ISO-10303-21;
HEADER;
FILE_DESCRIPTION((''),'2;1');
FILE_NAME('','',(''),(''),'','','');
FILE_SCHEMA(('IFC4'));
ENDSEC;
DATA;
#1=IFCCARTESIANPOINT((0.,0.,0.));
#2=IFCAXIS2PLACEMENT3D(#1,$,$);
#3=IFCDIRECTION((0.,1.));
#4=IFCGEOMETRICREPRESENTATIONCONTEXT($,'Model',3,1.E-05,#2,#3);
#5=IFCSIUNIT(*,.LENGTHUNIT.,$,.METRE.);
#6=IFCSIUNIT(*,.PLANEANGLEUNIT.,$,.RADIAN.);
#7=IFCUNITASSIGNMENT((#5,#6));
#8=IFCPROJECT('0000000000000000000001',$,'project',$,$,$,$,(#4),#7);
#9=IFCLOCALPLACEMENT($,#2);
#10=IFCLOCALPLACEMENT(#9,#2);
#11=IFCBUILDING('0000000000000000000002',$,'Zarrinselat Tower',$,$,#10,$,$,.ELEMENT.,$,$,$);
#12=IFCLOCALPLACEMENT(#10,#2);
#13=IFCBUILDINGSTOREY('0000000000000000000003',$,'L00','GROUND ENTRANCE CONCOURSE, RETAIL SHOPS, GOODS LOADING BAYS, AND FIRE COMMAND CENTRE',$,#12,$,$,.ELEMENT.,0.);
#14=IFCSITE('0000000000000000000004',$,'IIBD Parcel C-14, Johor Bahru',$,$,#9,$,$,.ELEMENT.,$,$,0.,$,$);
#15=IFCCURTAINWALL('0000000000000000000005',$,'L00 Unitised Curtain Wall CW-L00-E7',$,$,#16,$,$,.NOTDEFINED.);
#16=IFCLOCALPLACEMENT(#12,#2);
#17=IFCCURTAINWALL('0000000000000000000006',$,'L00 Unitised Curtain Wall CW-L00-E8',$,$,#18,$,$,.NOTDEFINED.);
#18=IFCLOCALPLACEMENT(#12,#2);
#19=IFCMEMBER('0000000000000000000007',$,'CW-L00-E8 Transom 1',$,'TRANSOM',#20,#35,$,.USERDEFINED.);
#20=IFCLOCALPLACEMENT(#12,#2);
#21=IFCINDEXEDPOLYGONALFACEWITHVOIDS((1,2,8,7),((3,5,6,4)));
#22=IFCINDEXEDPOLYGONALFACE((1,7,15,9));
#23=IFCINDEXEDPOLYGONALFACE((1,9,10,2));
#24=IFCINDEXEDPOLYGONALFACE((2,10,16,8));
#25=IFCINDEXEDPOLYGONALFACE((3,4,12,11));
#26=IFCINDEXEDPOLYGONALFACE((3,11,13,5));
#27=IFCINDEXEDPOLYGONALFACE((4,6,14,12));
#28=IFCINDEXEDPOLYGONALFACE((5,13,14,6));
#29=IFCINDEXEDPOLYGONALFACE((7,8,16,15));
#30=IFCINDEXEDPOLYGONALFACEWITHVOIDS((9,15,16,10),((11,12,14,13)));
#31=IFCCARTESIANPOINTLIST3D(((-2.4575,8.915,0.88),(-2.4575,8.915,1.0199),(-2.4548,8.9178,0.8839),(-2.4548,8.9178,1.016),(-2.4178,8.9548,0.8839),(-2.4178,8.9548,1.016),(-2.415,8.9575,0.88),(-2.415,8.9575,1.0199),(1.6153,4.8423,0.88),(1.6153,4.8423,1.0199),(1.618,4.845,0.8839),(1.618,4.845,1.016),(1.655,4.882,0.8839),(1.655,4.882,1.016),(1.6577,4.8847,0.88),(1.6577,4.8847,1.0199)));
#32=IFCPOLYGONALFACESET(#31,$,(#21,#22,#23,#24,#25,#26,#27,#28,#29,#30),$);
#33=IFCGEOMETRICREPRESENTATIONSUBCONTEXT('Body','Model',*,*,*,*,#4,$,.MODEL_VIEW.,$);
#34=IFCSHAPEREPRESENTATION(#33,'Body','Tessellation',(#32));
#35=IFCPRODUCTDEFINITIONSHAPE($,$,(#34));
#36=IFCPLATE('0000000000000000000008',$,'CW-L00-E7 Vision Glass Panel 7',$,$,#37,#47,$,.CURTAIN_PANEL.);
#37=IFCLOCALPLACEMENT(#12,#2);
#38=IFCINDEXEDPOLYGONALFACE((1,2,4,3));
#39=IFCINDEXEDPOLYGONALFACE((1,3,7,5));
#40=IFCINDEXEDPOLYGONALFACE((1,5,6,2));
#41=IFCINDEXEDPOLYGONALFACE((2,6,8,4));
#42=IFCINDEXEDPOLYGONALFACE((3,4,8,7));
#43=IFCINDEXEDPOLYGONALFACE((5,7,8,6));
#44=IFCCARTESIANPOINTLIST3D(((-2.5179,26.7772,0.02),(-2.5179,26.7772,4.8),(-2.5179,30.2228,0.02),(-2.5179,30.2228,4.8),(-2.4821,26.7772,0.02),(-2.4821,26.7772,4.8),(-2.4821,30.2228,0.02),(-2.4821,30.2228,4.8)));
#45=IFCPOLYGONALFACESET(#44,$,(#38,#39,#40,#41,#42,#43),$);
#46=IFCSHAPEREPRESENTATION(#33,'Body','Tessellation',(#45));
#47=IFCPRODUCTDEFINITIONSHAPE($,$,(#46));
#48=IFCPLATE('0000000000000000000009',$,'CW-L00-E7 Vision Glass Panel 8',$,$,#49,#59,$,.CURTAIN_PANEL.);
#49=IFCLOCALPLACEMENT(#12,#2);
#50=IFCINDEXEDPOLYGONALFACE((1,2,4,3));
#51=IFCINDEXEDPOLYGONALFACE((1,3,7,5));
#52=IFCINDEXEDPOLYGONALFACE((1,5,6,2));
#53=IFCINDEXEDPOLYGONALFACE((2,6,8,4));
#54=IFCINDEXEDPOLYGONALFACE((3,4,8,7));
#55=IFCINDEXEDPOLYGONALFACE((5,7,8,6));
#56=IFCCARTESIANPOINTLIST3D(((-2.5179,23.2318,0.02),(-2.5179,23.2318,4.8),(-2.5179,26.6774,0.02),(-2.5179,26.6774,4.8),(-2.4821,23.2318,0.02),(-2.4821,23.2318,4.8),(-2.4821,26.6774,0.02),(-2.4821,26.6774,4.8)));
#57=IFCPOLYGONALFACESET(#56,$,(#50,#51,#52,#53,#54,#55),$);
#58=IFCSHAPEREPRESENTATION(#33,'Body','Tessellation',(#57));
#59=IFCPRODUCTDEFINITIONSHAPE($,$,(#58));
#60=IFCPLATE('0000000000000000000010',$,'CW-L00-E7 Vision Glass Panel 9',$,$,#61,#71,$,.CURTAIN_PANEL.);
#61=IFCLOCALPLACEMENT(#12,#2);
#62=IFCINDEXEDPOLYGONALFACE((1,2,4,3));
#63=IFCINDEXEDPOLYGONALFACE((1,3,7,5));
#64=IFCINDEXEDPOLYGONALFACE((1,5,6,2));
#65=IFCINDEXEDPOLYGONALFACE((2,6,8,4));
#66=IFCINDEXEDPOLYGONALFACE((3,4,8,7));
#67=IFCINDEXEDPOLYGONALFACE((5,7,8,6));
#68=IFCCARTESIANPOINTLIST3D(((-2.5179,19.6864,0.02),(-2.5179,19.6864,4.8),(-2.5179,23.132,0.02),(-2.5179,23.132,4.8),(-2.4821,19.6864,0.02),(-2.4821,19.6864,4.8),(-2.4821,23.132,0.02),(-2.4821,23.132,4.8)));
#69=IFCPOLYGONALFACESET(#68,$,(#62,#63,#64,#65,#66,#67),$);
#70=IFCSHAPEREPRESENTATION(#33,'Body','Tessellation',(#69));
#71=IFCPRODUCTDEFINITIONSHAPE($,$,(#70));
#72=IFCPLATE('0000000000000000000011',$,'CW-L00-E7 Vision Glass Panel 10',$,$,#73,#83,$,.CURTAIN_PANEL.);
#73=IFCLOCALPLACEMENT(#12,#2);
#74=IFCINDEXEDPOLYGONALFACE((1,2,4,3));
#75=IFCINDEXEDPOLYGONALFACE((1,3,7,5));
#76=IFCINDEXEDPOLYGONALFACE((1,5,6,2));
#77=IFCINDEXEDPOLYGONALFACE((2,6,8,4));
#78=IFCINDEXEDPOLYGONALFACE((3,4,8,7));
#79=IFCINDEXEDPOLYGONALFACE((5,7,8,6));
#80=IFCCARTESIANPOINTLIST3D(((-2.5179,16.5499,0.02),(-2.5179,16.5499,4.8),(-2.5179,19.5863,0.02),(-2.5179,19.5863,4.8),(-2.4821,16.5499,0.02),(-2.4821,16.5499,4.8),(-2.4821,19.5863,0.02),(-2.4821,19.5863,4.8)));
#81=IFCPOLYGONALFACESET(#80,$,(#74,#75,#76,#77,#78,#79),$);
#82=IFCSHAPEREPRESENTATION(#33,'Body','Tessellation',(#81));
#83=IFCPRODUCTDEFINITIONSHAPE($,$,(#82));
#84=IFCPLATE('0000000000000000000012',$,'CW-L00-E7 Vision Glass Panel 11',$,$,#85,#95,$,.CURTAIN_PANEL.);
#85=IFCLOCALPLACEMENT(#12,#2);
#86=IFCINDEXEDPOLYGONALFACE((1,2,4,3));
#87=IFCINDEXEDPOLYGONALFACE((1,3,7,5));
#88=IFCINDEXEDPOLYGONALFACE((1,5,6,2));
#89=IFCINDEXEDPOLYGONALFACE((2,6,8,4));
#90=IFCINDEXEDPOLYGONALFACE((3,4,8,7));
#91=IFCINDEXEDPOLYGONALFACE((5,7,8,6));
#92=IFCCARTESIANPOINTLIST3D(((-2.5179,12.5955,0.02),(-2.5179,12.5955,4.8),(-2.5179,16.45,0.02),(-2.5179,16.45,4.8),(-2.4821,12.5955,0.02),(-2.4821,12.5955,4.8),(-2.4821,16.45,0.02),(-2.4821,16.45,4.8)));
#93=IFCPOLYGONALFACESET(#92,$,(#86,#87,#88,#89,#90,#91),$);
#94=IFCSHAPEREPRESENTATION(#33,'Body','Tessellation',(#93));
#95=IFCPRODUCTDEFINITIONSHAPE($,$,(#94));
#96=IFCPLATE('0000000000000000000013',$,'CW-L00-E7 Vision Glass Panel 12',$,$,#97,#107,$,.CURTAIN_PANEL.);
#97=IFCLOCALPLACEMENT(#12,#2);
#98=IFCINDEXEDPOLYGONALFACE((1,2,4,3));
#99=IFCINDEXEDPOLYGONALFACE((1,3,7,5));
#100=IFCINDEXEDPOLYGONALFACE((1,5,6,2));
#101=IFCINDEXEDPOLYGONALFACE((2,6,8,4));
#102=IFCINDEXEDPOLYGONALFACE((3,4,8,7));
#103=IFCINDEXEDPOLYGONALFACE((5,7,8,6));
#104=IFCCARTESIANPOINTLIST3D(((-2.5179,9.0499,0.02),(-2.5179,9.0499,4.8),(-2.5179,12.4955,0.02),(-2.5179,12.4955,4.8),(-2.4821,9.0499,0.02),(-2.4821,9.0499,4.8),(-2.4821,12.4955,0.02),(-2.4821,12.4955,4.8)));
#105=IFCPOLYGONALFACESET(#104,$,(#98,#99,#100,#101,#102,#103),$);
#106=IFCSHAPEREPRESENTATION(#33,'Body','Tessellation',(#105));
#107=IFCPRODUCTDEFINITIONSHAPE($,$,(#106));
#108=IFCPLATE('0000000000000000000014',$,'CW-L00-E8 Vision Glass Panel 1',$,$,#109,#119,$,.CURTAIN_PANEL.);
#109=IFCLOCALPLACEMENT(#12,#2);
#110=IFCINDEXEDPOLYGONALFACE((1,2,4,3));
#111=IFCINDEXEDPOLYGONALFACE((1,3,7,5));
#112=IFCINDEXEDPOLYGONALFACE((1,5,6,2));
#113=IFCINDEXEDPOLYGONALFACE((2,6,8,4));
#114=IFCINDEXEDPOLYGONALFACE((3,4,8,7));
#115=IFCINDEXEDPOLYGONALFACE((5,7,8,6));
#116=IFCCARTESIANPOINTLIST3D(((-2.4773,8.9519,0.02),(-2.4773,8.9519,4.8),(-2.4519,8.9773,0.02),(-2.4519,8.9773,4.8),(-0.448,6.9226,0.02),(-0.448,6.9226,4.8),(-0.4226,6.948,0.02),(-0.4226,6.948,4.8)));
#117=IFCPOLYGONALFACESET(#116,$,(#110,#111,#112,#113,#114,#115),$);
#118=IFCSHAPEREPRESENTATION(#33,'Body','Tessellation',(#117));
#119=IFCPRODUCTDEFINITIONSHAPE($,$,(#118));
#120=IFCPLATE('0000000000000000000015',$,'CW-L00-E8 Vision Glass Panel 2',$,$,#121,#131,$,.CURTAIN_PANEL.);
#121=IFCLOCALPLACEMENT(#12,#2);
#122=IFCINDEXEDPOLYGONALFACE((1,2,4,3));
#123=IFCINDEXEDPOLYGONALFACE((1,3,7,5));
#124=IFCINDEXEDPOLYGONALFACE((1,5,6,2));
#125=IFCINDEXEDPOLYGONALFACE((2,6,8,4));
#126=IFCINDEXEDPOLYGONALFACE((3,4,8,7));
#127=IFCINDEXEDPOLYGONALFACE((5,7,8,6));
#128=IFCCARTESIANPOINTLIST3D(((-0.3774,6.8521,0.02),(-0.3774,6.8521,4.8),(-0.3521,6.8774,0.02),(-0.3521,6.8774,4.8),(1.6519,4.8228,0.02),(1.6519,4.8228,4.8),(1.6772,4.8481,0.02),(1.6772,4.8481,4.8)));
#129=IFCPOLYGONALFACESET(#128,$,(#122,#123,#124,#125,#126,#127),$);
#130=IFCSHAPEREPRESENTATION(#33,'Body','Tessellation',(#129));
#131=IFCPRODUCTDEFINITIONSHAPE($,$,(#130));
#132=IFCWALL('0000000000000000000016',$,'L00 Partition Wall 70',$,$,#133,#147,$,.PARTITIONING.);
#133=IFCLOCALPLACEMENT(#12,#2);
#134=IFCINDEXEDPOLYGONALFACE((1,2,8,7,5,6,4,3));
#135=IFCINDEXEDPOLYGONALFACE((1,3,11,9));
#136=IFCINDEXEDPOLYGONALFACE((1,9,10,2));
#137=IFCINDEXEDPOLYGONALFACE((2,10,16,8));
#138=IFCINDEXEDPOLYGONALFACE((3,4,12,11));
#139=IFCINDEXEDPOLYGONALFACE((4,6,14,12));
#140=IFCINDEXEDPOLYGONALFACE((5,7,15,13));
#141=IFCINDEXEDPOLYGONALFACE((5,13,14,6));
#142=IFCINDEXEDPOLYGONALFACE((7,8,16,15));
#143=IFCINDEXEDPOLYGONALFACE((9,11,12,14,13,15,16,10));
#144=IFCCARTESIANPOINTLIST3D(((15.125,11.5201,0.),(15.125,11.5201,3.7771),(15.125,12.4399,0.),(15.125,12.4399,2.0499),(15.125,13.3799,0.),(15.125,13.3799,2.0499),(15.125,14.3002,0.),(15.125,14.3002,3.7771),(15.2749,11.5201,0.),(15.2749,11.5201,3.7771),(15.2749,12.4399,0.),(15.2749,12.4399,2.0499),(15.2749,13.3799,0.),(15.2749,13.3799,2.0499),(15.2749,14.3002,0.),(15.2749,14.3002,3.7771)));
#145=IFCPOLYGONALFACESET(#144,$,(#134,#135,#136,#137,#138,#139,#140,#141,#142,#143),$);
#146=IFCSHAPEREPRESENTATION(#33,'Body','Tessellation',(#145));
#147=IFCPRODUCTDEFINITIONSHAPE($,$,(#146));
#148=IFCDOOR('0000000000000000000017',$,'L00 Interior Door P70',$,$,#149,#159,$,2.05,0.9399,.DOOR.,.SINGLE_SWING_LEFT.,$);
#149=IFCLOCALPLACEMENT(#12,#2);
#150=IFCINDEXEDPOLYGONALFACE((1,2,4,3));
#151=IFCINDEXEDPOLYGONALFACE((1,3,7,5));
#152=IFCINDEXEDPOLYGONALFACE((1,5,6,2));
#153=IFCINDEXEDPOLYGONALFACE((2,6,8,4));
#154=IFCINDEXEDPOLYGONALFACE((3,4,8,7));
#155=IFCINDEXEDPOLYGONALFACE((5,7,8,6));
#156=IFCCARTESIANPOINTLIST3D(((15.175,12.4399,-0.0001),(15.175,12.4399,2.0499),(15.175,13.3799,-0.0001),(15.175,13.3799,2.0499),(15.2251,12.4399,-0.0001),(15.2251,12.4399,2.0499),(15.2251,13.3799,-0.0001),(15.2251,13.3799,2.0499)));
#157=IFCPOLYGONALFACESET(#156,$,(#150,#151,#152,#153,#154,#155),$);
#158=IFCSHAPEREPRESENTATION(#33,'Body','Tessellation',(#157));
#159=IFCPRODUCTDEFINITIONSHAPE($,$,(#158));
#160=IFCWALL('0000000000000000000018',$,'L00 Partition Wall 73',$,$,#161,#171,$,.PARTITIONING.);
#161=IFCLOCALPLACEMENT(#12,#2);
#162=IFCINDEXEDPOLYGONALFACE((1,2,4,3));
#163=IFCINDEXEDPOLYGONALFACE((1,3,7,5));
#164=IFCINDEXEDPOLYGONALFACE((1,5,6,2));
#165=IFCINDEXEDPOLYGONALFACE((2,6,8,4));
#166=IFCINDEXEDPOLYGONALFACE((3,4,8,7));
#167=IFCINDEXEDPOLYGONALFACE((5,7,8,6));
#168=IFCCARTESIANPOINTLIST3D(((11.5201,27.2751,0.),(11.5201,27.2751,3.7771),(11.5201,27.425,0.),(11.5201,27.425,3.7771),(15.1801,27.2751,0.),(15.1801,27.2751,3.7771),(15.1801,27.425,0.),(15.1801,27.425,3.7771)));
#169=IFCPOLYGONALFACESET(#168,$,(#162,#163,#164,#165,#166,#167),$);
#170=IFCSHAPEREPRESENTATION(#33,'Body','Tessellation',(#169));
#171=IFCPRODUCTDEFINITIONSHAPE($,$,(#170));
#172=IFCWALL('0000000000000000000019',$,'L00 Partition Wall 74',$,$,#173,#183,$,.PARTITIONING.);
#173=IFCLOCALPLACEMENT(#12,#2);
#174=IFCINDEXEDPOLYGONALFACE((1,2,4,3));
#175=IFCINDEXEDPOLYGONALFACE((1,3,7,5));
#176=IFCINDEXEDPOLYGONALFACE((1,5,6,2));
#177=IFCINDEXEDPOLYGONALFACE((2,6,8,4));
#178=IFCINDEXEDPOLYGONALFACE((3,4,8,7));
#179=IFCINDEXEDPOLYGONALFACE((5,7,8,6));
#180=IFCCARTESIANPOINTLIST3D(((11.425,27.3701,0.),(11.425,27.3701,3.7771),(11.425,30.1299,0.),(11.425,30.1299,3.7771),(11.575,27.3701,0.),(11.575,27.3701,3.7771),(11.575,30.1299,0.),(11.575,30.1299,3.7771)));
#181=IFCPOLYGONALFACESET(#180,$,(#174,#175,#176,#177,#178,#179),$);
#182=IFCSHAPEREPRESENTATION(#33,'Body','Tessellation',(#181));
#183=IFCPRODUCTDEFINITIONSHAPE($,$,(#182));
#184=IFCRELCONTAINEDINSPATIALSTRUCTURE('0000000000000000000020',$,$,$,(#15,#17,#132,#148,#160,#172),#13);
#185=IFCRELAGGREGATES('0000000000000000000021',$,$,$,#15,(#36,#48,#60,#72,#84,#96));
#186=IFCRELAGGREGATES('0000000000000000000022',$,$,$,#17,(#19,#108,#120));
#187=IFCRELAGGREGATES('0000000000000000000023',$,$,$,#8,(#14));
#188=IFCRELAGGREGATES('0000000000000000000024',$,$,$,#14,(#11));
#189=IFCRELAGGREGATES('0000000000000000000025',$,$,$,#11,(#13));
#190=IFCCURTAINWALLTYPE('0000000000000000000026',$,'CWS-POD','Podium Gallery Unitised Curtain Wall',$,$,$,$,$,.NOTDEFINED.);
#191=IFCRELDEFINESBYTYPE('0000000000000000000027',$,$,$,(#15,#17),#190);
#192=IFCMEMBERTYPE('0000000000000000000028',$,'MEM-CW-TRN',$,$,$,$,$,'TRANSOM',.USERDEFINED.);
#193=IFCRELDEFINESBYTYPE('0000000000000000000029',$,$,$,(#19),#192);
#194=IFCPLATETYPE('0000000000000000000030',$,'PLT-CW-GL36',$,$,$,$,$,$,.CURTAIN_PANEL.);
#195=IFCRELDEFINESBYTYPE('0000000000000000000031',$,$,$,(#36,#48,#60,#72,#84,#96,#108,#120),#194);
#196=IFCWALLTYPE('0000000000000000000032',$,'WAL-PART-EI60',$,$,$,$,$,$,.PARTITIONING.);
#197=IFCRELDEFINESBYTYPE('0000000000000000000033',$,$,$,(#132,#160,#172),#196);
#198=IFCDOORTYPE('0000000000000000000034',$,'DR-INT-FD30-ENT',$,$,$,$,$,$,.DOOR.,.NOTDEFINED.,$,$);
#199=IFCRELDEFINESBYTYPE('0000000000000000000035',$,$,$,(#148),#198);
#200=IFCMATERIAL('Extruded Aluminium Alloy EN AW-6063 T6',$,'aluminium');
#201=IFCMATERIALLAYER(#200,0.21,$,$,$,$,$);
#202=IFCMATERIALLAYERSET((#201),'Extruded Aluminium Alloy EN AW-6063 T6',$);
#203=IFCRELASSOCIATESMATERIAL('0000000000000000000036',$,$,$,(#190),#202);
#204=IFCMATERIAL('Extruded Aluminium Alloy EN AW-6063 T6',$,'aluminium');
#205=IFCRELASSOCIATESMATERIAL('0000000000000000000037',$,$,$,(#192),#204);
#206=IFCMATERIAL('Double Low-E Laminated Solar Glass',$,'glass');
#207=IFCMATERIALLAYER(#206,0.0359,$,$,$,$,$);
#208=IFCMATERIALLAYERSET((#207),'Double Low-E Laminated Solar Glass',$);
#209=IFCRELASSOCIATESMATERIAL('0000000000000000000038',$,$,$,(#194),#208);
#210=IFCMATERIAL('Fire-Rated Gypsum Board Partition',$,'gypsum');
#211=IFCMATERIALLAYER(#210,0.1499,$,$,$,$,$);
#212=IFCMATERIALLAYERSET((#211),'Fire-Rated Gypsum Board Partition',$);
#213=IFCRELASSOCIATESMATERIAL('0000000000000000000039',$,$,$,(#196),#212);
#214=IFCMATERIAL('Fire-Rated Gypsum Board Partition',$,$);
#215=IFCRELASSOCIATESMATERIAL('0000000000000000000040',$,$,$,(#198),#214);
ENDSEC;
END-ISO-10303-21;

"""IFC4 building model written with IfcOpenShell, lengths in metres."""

from ifc_helpers import new_model, si_unit, direction, frame, frame_2d, origin, origin_2d, place, context, subcontext, project, spatial, rectangle, hollow_rectangle, extrude, material, layer, layer_set, material_profile, profile_set, type_object, element, fill, aggregate, save


model = new_model("IFC4")

# Units and contexts
model_context = context("Model", 3, precision=1e-05, world=origin(), true_north=direction((0.0, 1.0)))
body_context = subcontext(model_context, "Body", "Model", "MODEL_VIEW")
ifc_project = project(units=[si_unit("LENGTHUNIT", "METRE"), si_unit("PLANEANGLEUNIT", "RADIAN")], contexts=[model_context])

# Site, building, storey
site_placement = place(None, origin())
site = spatial("IfcSite", under=ifc_project, at=site_placement, Name="IIBD Parcel C-14, Johor Bahru", CompositionType="ELEMENT", RefElevation=0.0)
building_placement = place(site_placement, origin())
building = spatial("IfcBuilding", under=site, at=building_placement, Name="Zarrinselat Tower", CompositionType="ELEMENT")
storey_placement = place(building_placement, origin())
storey = spatial("IfcBuildingStorey", under=building, at=storey_placement, Name="L00", Description="GROUND ENTRANCE CONCOURSE, RETAIL SHOPS, GOODS LOADING BAYS, AND FIRE COMMAND CENTRE", CompositionType="ELEMENT", Elevation=0.0)

# Curtain walls, member
ifc_material_1 = material(Name="Extruded Aluminium Alloy EN AW-6063 T6", Category="aluminium")
ifc_layer_1 = layer(ifc_material_1, 0.21)
ifc_layer_set_1 = layer_set([ifc_layer_1], Name="Extruded Aluminium Alloy EN AW-6063 T6")
curtain_wall_type = type_object("IfcCurtainWallType", Name="CWS-POD", Description="Podium Gallery Unitised Curtain Wall", PredefinedType="NOTDEFINED", material=ifc_layer_set_1)
curtain_wall_1_placement = place(storey_placement, origin())
curtain_wall_1 = element("IfcCurtainWall", 1, at=curtain_wall_1_placement, inside=storey, type_object=curtain_wall_type, Name="L00 Unitised Curtain Wall CW-L00-E7", PredefinedType="NOTDEFINED")
curtain_wall_2_placement = place(storey_placement, origin())
curtain_wall_2 = element("IfcCurtainWall", 2, at=curtain_wall_2_placement, inside=storey, type_object=curtain_wall_type, Name="L00 Unitised Curtain Wall CW-L00-E8", PredefinedType="NOTDEFINED")
ifc_material_2 = material(Name="Extruded Aluminium Alloy EN AW-6063 T6", Category="aluminium")
ifc_material_profile_1 = material_profile(ifc_material_2, hollow_rectangle(XDim=0.0601, YDim=0.1399, WallThickness=0.0039, at=origin_2d()), Name="RHS 140x60x4")
ifc_profile_set_1 = profile_set([ifc_material_profile_1], Name="Extruded Aluminium Alloy EN AW-6063 T6")
member_type_1 = type_object("IfcMemberType", Name="MEM-CW-TRN", ElementType="TRANSOM", PredefinedType="USERDEFINED", material=ifc_profile_set_1)
member_1_placement = place(storey_placement, frame((-2.4363, 8.9363, 0.95), z_axis=(0.707107, -0.707107, 0.0), x_axis=(0.707107, 0.707107, 0.0)))
member_1 = element("IfcMember", 3, at=member_1_placement, type_object=member_type_1, Name="CW-L00-E8 Transom 1", ObjectType="TRANSOM", PredefinedType="USERDEFINED", context=body_context, shape_type="SweptSolid", body=[
    extrude(hollow_rectangle(XDim=0.0601, YDim=0.1399, WallThickness=0.0039, at=origin_2d()), origin(), (0.0, 0.0, 1.0), 5.7598),
])

# Plates
ifc_material_3 = material(Name="Double Low-E Laminated Solar Glass", Category="glass")
ifc_layer_2 = layer(ifc_material_3, 0.0359)
ifc_layer_set_2 = layer_set([ifc_layer_2], Name="Double Low-E Laminated Solar Glass")
plate_type = type_object("IfcPlateType", Name="PLT-CW-GL36", PredefinedType="CURTAIN_PANEL", material=ifc_layer_set_2)
plate_1_placement = place(storey_placement, frame((-2.5, 28.5, 0.02), z_axis=(0.0, 0.0, 1.0), x_axis=(0.0, -1.0, 0.0)))
plate_1 = element("IfcPlate", 4, at=plate_1_placement, type_object=plate_type, Name="CW-L00-E7 Vision Glass Panel 7", PredefinedType="CURTAIN_PANEL", context=body_context, shape_type="SweptSolid", body=[
    extrude(rectangle(XDim=3.4456, YDim=0.0359, at=origin_2d()), origin(), (0.0, 0.0, 1.0), 4.78),
])
plate_2_placement = place(storey_placement, frame((-2.5, 24.9546, 0.02), z_axis=(0.0, 0.0, 1.0), x_axis=(0.0, -1.0, 0.0)))
plate_2 = element("IfcPlate", 5, at=plate_2_placement, type_object=plate_type, Name="CW-L00-E7 Vision Glass Panel 8", PredefinedType="CURTAIN_PANEL", context=body_context, shape_type="SweptSolid", body=[
    extrude(rectangle(XDim=3.4456, YDim=0.0359, at=origin_2d()), origin(), (0.0, 0.0, 1.0), 4.78),
])
plate_3_placement = place(storey_placement, frame((-2.5, 21.4092, 0.02), z_axis=(0.0, 0.0, 1.0), x_axis=(0.0, -1.0, 0.0)))
plate_3 = element("IfcPlate", 6, at=plate_3_placement, type_object=plate_type, Name="CW-L00-E7 Vision Glass Panel 9", PredefinedType="CURTAIN_PANEL", context=body_context, shape_type="SweptSolid", body=[
    extrude(rectangle(XDim=3.4456, YDim=0.0359, at=origin_2d()), origin(), (0.0, 0.0, 1.0), 4.78),
])
plate_4_placement = place(storey_placement, frame((-2.5, 18.0681, 0.02), z_axis=(0.0, 0.0, 1.0), x_axis=(0.0, -1.0, 0.0)))
plate_4 = element("IfcPlate", 7, at=plate_4_placement, type_object=plate_type, Name="CW-L00-E7 Vision Glass Panel 10", PredefinedType="CURTAIN_PANEL", context=body_context, shape_type="SweptSolid", body=[
    extrude(rectangle(XDim=3.0364, YDim=0.0359, at=origin_2d()), origin(), (0.0, 0.0, 1.0), 4.78),
])
plate_5_placement = place(storey_placement, frame((-2.5, 14.5227, 0.02), z_axis=(0.0, 0.0, 1.0), x_axis=(0.0, -1.0, 0.0)))
plate_5 = element("IfcPlate", 8, at=plate_5_placement, type_object=plate_type, Name="CW-L00-E7 Vision Glass Panel 11", PredefinedType="CURTAIN_PANEL", context=body_context, shape_type="SweptSolid", body=[
    extrude(rectangle(XDim=3.8545, YDim=0.0359, at=origin_2d()), origin(), (0.0, 0.0, 1.0), 4.78),
])
plate_6_placement = place(storey_placement, frame((-2.5, 10.7727, 0.02), z_axis=(0.0, 0.0, 1.0), x_axis=(0.0, -1.0, 0.0)))
plate_6 = element("IfcPlate", 9, at=plate_6_placement, type_object=plate_type, Name="CW-L00-E7 Vision Glass Panel 12", PredefinedType="CURTAIN_PANEL", context=body_context, shape_type="SweptSolid", body=[
    extrude(rectangle(XDim=3.4456, YDim=0.0359, at=origin_2d()), origin(), (0.0, 0.0, 1.0), 4.78),
])
aggregate(curtain_wall_1, [plate_1, plate_2, plate_3, plate_4, plate_5, plate_6])
plate_7_placement = place(storey_placement, frame((-1.45, 7.95, 0.02), z_axis=(0.0, 0.0, 1.0), x_axis=(0.707107, -0.707107, 0.0)))
plate_7 = element("IfcPlate", 10, at=plate_7_placement, type_object=plate_type, Name="CW-L00-E8 Vision Glass Panel 1", PredefinedType="CURTAIN_PANEL", context=body_context, shape_type="SweptSolid", body=[
    extrude(rectangle(XDim=2.8699, YDim=0.0359, at=origin_2d()), origin(), (0.0, 0.0, 1.0), 4.78),
])
plate_8_placement = place(storey_placement, frame((0.6499, 5.8501, 0.02), z_axis=(0.0, 0.0, 1.0), x_axis=(0.707107, -0.707107, 0.0)))
plate_8 = element("IfcPlate", 11, at=plate_8_placement, type_object=plate_type, Name="CW-L00-E8 Vision Glass Panel 2", PredefinedType="CURTAIN_PANEL", context=body_context, shape_type="SweptSolid", body=[
    extrude(rectangle(XDim=2.8699, YDim=0.0359, at=origin_2d()), origin(), (0.0, 0.0, 1.0), 4.78),
])
aggregate(curtain_wall_2, [member_1, plate_7, plate_8])

# Wall, opening, door
ifc_material_4 = material(Name="Fire-Rated Gypsum Board Partition", Category="gypsum")
ifc_layer_3 = layer(ifc_material_4, 0.1499)
ifc_layer_set_3 = layer_set([ifc_layer_3], Name="Fire-Rated Gypsum Board Partition")
wall_type_1 = type_object("IfcWallType", Name="WAL-PART-EI60", PredefinedType="PARTITIONING", material=ifc_layer_set_3)
wall_1_placement = place(storey_placement, frame((15.2, 11.52, 0.0), z_axis=(0.0, 0.0, 1.0), x_axis=(0.0, 1.0, 0.0)))
wall_1 = element("IfcWall", 12, at=wall_1_placement, inside=storey, type_object=wall_type_1, Name="L00 Partition Wall 70", PredefinedType="PARTITIONING", context=body_context, shape_type="SweptSolid", body=[
    extrude(rectangle(XDim=2.78, YDim=0.1499, at=frame_2d((1.3901, 0.0))), origin(), (0.0, 0.0, 1.0), 3.7771),
])
opening_placement = place(wall_1_placement, frame((0.9199, 0.0, 0.0)))
opening = element("IfcOpeningElement", 13, at=opening_placement, cuts=wall_1, PredefinedType="OPENING", context=body_context, shape_type="SweptSolid", body=[
    extrude(rectangle(XDim=0.9399, YDim=2.05, at=frame_2d((0.47, 1.0249))), frame((0.0, 0.085, 0.0), z_axis=(0.0, -1.0, 0.0), x_axis=(1.0, 0.0, 0.0)), (0.0, 0.0, 1.0), 0.1699),
])
ifc_material_5 = material(Name="Fire-Rated Gypsum Board Partition")
door_type = type_object("IfcDoorType", Name="DR-INT-FD30-ENT", OperationType="NOTDEFINED", PredefinedType="DOOR", material=ifc_material_5)
door_placement = place(opening_placement, origin())
door = element("IfcDoor", 14, at=door_placement, inside=storey, type_object=door_type, Name="L00 Interior Door P70", OperationType="SINGLE_SWING_LEFT", OverallHeight=2.05, OverallWidth=0.9399, PredefinedType="DOOR", context=body_context, shape_type="SweptSolid", body=[
    extrude(rectangle(XDim=0.9399, YDim=2.05, at=frame_2d((0.47, 1.0249))), frame((0.0, 0.0249, 0.0), z_axis=(0.0, -1.0, 0.0), x_axis=(1.0, 0.0, 0.0)), (0.0, 0.0, 1.0), 0.05),
])
fill(opening, door)

# Walls
wall_2_placement = place(storey_placement, frame((11.52, 27.3501, 0.0), z_axis=(0.0, 0.0, 1.0), x_axis=(1.0, 0.0, 0.0)))
element("IfcWall", 15, at=wall_2_placement, inside=storey, type_object=wall_type_1, Name="L00 Partition Wall 73", PredefinedType="PARTITIONING", context=body_context, shape_type="SweptSolid", body=[
    extrude(rectangle(XDim=3.6599, YDim=0.1499, at=frame_2d((1.8301, 0.0))), origin(), (0.0, 0.0, 1.0), 3.7771),
])
wall_3_placement = place(storey_placement, frame((11.5, 27.3701, 0.0), z_axis=(0.0, 0.0, 1.0), x_axis=(0.0, 1.0, 0.0)))
element("IfcWall", 16, at=wall_3_placement, inside=storey, type_object=wall_type_1, Name="L00 Partition Wall 74", PredefinedType="PARTITIONING", context=body_context, shape_type="SweptSolid", body=[
    extrude(rectangle(XDim=2.7598, YDim=0.1499, at=frame_2d((1.3799, 0.0))), origin(), (0.0, 0.0, 1.0), 3.7771),
])

save(model, "model.ifc")
